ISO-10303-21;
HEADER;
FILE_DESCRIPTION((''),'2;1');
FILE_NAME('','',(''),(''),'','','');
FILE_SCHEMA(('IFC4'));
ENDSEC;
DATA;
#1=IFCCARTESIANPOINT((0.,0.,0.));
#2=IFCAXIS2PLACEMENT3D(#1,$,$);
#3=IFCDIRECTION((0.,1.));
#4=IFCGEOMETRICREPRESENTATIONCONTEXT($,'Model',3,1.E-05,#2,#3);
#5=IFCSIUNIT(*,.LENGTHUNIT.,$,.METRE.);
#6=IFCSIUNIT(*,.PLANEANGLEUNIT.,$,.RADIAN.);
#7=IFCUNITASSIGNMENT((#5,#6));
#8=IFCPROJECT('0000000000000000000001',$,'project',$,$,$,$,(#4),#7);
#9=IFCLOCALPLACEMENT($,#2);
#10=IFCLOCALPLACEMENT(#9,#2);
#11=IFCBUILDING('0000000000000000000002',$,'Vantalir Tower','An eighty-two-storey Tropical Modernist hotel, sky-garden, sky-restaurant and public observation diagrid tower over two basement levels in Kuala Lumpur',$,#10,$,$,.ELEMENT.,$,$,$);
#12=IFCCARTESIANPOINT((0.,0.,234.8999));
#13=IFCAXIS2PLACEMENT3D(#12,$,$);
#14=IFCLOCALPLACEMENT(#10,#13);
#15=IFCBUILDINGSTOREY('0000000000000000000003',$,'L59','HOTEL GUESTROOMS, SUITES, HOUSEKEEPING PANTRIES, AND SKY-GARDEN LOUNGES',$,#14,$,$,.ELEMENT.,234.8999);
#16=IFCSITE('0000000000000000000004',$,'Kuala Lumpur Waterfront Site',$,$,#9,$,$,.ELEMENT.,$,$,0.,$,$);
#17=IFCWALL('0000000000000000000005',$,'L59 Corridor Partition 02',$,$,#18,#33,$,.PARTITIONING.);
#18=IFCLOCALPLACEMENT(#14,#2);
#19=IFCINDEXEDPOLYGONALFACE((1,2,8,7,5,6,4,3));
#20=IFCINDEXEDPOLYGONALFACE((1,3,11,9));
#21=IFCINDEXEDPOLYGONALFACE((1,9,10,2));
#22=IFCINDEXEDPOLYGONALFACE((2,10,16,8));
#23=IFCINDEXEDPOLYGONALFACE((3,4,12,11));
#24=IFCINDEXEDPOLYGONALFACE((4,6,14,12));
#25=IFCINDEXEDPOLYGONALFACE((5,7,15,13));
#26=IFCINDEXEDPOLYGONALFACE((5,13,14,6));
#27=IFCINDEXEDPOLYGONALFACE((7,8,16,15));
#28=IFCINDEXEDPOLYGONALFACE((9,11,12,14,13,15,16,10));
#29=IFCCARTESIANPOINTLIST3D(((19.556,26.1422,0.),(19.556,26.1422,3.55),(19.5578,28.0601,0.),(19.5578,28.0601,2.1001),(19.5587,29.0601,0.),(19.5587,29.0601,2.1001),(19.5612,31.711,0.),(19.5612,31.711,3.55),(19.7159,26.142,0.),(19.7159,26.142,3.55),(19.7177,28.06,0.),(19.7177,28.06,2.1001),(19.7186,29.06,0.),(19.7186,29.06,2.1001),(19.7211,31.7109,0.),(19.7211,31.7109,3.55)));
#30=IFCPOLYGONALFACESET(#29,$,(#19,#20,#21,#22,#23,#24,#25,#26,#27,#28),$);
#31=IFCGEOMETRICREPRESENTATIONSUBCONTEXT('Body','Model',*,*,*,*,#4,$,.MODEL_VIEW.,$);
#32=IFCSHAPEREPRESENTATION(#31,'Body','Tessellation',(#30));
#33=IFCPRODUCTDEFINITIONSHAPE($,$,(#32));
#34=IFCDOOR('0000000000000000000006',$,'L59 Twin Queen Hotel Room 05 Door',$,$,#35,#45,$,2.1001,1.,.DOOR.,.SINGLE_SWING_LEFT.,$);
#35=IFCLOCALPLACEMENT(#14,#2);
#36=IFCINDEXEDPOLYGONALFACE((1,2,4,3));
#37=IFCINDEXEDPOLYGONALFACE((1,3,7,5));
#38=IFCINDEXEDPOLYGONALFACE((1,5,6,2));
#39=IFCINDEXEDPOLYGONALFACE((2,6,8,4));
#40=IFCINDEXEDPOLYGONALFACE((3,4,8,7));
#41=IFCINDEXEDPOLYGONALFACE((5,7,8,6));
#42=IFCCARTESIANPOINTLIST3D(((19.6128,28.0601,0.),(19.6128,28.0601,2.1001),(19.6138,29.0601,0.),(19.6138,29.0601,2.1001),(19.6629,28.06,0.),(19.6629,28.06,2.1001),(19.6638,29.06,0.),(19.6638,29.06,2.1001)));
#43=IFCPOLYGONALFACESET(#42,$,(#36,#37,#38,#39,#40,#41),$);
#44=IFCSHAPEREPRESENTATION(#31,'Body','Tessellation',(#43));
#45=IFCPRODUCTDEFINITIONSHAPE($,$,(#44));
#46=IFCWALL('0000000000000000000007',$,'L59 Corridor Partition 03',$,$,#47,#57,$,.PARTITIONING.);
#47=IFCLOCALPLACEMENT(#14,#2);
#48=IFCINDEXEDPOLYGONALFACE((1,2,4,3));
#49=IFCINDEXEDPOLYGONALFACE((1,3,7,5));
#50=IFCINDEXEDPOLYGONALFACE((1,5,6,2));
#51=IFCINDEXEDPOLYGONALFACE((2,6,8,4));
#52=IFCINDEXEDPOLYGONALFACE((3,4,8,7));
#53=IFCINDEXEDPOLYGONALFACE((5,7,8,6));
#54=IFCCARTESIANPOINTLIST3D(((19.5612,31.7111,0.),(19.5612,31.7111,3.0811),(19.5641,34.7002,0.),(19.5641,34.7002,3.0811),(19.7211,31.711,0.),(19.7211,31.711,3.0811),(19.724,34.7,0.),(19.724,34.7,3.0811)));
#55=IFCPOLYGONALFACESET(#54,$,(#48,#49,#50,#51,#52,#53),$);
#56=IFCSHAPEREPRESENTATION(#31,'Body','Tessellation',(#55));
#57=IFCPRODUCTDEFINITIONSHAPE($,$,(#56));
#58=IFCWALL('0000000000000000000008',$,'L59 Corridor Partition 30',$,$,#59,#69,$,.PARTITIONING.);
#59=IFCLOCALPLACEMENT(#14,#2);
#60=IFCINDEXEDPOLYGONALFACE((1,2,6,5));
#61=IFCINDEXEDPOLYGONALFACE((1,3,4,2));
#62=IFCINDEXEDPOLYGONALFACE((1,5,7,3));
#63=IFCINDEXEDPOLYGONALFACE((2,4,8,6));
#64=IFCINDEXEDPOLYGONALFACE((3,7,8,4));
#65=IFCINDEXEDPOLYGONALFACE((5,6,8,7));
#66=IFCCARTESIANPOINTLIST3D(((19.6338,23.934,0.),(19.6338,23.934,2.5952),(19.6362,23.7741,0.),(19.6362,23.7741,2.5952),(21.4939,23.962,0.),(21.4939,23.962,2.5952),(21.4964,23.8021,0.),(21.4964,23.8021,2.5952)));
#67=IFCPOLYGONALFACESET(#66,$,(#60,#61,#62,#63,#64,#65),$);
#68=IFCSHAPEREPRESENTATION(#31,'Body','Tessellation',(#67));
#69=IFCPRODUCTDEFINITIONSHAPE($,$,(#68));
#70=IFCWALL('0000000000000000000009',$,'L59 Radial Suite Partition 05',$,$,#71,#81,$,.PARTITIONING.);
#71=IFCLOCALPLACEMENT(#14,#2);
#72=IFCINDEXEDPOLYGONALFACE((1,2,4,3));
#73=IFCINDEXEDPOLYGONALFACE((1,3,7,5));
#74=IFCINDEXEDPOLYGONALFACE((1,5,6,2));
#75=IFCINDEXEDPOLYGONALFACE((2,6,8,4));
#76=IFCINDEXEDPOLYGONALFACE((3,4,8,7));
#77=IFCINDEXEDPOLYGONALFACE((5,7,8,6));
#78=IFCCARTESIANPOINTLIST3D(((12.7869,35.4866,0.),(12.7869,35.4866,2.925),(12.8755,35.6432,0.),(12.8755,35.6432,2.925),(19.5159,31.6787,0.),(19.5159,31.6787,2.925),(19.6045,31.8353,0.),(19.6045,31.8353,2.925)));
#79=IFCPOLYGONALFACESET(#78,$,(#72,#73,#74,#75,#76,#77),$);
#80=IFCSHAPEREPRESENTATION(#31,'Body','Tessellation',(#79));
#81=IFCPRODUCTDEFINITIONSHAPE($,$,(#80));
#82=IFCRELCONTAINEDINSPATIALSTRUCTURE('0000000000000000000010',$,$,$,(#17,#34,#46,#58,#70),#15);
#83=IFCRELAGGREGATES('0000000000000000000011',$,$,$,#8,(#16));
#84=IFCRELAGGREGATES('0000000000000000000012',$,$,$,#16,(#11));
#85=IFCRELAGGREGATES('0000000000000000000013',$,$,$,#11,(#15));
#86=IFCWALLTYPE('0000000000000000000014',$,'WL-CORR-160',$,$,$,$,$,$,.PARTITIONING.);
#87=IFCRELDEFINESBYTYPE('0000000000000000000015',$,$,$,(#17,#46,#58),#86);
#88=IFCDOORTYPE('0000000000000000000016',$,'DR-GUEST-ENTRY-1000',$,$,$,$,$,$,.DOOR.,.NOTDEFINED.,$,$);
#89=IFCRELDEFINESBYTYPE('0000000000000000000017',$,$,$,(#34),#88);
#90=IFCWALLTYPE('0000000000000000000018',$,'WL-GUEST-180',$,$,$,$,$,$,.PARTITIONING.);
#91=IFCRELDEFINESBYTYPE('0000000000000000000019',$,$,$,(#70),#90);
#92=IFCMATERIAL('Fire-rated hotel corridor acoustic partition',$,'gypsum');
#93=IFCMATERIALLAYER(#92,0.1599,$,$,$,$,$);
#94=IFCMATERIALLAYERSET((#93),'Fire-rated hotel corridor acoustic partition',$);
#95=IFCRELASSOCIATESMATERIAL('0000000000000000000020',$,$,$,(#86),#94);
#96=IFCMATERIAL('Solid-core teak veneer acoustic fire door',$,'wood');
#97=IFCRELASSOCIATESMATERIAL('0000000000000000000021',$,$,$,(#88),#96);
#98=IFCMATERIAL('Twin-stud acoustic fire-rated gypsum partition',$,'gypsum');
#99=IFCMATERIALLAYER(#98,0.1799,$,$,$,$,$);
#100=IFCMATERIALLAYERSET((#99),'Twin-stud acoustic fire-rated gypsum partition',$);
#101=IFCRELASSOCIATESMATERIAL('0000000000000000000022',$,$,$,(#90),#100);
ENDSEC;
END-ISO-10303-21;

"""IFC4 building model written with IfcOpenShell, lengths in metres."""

from ifc_helpers import new_model, si_unit, direction, frame, frame_2d, origin, place, context, subcontext, project, spatial, rectangle, extrude, material, layer, layer_set, type_object, element, fill, save


model = new_model("IFC4")

# Units and contexts
model_context = context("Model", 3, precision=1e-05, world=origin(), true_north=direction((0.0, 1.0)))
body_context = subcontext(model_context, "Body", "Model", "MODEL_VIEW")
ifc_project = project(units=[si_unit("LENGTHUNIT", "METRE"), si_unit("PLANEANGLEUNIT", "RADIAN")], contexts=[model_context])

# Site, building, storey
site_placement = place(None, origin())
site = spatial("IfcSite", under=ifc_project, at=site_placement, Name="Kuala Lumpur Waterfront Site", CompositionType="ELEMENT", RefElevation=0.0)
building_placement = place(site_placement, origin())
building = spatial("IfcBuilding", under=site, at=building_placement, Name="Vantalir Tower", Description="An eighty-two-storey Tropical Modernist hotel, sky-garden, sky-restaurant and public observation diagrid tower over two basement levels in Kuala Lumpur", CompositionType="ELEMENT")
storey_placement = place(building_placement, frame((0.0, 0.0, 234.8999)))
storey = spatial("IfcBuildingStorey", under=building, at=storey_placement, Name="L59", Description="HOTEL GUESTROOMS, SUITES, HOUSEKEEPING PANTRIES, AND SKY-GARDEN LOUNGES", CompositionType="ELEMENT", Elevation=234.8999)

# Wall, opening, door
ifc_material_1 = material(Name="Fire-rated hotel corridor acoustic partition", Category="gypsum")
ifc_layer_1 = layer(ifc_material_1, 0.1599)
ifc_layer_set_1 = layer_set([ifc_layer_1], Name="Fire-rated hotel corridor acoustic partition")
wall_type_1 = type_object("IfcWallType", Name="WL-CORR-160", PredefinedType="PARTITIONING", material=ifc_layer_set_1)
wall_1_placement = place(storey_placement, frame((19.636, 26.1421, 0.0), z_axis=(0.0, 0.0, 1.0), x_axis=(0.000921, 1.0, 0.0)))
wall_1 = element("IfcWall", 1, at=wall_1_placement, inside=storey, type_object=wall_type_1, Name="L59 Corridor Partition 02", PredefinedType="PARTITIONING", context=body_context, shape_type="SweptSolid", body=[
    extrude(rectangle(XDim=5.5688, YDim=0.1599, at=frame_2d((2.7844, 0.0))), origin(), (0.0, 0.0, 1.0), 3.55),
])
opening_1_placement = place(wall_1_placement, frame((1.918, 0.0, 0.0)))
opening_1 = element("IfcOpeningElement", 2, at=opening_1_placement, cuts=wall_1, PredefinedType="OPENING", context=body_context, shape_type="SweptSolid", body=[
    extrude(rectangle(XDim=1.0, YDim=2.1001, at=frame_2d((0.5, 1.05))), frame((0.0, 0.0898, 0.0), z_axis=(0.0, -1.0, 0.0), x_axis=(1.0, 0.0, 0.0)), (0.0, 0.0, 1.0), 0.1799),
])
ifc_material_2 = material(Name="Solid-core teak veneer acoustic fire door", Category="wood")
door_type_1 = type_object("IfcDoorType", Name="DR-GUEST-ENTRY-1000", OperationType="NOTDEFINED", PredefinedType="DOOR", material=ifc_material_2)
door_1_placement = place(opening_1_placement, origin())
door_1 = element("IfcDoor", 3, at=door_1_placement, inside=storey, type_object=door_type_1, Name="L59 Twin Queen Hotel Room 05 Door", OperationType="SINGLE_SWING_LEFT", OverallHeight=2.1001, OverallWidth=1.0, PredefinedType="DOOR", context=body_context, shape_type="SweptSolid", body=[
    extrude(rectangle(XDim=1.0, YDim=2.1001, at=frame_2d((0.5, 1.05))), frame((0.0, 0.0249, 0.0), z_axis=(0.0, -1.0, 0.0), x_axis=(1.0, 0.0, 0.0)), (0.0, 0.0, 1.0), 0.05),
])
fill(opening_1, door_1)

# Walls
wall_2_placement = place(storey_placement, frame((19.6411, 31.7109, 0.0), z_axis=(0.0, 0.0, 1.0), x_axis=(0.00098, 1.0, 0.0)))
element("IfcWall", 4, at=wall_2_placement, inside=storey, type_object=wall_type_1, Name="L59 Corridor Partition 03", PredefinedType="PARTITIONING", context=body_context, shape_type="SweptSolid", body=[
    extrude(rectangle(XDim=2.989, YDim=0.1599, at=frame_2d((1.4946, 0.0))), origin(), (0.0, 0.0, 1.0), 3.0811),
])
wall_3_placement = place(storey_placement, frame((19.635, 23.854, 0.0), z_axis=(0.0, 0.0, 1.0), x_axis=(0.999886, 0.015092, 0.0)))
element("IfcWall", 5, at=wall_3_placement, inside=storey, type_object=wall_type_1, Name="L59 Corridor Partition 30", PredefinedType="PARTITIONING", context=body_context, shape_type="SweptSolid", body=[
    extrude(rectangle(XDim=1.8604, YDim=0.1599, at=frame_2d((0.9302, 0.0))), origin(), (0.0, 0.0, 1.0), 2.5952),
])
ifc_material_3 = material(Name="Twin-stud acoustic fire-rated gypsum partition", Category="gypsum")
ifc_layer_2 = layer(ifc_material_3, 0.1799)
ifc_layer_set_2 = layer_set([ifc_layer_2], Name="Twin-stud acoustic fire-rated gypsum partition")
wall_type_2 = type_object("IfcWallType", Name="WL-GUEST-180", PredefinedType="PARTITIONING", material=ifc_layer_set_2)
wall_4_placement = place(storey_placement, frame((19.5601, 31.7571, 0.0), z_axis=(0.0, 0.0, 1.0), x_axis=(-0.870313, 0.492499, 0.0)))
element("IfcWall", 6, at=wall_4_placement, inside=storey, type_object=wall_type_2, Name="L59 Radial Suite Partition 05", PredefinedType="PARTITIONING", context=body_context, shape_type="SweptSolid", body=[
    extrude(rectangle(XDim=7.7317, YDim=0.1799, at=frame_2d((3.8657, 0.0))), origin(), (0.0, 0.0, 1.0), 2.925),
])

save(model, "model.ifc")
